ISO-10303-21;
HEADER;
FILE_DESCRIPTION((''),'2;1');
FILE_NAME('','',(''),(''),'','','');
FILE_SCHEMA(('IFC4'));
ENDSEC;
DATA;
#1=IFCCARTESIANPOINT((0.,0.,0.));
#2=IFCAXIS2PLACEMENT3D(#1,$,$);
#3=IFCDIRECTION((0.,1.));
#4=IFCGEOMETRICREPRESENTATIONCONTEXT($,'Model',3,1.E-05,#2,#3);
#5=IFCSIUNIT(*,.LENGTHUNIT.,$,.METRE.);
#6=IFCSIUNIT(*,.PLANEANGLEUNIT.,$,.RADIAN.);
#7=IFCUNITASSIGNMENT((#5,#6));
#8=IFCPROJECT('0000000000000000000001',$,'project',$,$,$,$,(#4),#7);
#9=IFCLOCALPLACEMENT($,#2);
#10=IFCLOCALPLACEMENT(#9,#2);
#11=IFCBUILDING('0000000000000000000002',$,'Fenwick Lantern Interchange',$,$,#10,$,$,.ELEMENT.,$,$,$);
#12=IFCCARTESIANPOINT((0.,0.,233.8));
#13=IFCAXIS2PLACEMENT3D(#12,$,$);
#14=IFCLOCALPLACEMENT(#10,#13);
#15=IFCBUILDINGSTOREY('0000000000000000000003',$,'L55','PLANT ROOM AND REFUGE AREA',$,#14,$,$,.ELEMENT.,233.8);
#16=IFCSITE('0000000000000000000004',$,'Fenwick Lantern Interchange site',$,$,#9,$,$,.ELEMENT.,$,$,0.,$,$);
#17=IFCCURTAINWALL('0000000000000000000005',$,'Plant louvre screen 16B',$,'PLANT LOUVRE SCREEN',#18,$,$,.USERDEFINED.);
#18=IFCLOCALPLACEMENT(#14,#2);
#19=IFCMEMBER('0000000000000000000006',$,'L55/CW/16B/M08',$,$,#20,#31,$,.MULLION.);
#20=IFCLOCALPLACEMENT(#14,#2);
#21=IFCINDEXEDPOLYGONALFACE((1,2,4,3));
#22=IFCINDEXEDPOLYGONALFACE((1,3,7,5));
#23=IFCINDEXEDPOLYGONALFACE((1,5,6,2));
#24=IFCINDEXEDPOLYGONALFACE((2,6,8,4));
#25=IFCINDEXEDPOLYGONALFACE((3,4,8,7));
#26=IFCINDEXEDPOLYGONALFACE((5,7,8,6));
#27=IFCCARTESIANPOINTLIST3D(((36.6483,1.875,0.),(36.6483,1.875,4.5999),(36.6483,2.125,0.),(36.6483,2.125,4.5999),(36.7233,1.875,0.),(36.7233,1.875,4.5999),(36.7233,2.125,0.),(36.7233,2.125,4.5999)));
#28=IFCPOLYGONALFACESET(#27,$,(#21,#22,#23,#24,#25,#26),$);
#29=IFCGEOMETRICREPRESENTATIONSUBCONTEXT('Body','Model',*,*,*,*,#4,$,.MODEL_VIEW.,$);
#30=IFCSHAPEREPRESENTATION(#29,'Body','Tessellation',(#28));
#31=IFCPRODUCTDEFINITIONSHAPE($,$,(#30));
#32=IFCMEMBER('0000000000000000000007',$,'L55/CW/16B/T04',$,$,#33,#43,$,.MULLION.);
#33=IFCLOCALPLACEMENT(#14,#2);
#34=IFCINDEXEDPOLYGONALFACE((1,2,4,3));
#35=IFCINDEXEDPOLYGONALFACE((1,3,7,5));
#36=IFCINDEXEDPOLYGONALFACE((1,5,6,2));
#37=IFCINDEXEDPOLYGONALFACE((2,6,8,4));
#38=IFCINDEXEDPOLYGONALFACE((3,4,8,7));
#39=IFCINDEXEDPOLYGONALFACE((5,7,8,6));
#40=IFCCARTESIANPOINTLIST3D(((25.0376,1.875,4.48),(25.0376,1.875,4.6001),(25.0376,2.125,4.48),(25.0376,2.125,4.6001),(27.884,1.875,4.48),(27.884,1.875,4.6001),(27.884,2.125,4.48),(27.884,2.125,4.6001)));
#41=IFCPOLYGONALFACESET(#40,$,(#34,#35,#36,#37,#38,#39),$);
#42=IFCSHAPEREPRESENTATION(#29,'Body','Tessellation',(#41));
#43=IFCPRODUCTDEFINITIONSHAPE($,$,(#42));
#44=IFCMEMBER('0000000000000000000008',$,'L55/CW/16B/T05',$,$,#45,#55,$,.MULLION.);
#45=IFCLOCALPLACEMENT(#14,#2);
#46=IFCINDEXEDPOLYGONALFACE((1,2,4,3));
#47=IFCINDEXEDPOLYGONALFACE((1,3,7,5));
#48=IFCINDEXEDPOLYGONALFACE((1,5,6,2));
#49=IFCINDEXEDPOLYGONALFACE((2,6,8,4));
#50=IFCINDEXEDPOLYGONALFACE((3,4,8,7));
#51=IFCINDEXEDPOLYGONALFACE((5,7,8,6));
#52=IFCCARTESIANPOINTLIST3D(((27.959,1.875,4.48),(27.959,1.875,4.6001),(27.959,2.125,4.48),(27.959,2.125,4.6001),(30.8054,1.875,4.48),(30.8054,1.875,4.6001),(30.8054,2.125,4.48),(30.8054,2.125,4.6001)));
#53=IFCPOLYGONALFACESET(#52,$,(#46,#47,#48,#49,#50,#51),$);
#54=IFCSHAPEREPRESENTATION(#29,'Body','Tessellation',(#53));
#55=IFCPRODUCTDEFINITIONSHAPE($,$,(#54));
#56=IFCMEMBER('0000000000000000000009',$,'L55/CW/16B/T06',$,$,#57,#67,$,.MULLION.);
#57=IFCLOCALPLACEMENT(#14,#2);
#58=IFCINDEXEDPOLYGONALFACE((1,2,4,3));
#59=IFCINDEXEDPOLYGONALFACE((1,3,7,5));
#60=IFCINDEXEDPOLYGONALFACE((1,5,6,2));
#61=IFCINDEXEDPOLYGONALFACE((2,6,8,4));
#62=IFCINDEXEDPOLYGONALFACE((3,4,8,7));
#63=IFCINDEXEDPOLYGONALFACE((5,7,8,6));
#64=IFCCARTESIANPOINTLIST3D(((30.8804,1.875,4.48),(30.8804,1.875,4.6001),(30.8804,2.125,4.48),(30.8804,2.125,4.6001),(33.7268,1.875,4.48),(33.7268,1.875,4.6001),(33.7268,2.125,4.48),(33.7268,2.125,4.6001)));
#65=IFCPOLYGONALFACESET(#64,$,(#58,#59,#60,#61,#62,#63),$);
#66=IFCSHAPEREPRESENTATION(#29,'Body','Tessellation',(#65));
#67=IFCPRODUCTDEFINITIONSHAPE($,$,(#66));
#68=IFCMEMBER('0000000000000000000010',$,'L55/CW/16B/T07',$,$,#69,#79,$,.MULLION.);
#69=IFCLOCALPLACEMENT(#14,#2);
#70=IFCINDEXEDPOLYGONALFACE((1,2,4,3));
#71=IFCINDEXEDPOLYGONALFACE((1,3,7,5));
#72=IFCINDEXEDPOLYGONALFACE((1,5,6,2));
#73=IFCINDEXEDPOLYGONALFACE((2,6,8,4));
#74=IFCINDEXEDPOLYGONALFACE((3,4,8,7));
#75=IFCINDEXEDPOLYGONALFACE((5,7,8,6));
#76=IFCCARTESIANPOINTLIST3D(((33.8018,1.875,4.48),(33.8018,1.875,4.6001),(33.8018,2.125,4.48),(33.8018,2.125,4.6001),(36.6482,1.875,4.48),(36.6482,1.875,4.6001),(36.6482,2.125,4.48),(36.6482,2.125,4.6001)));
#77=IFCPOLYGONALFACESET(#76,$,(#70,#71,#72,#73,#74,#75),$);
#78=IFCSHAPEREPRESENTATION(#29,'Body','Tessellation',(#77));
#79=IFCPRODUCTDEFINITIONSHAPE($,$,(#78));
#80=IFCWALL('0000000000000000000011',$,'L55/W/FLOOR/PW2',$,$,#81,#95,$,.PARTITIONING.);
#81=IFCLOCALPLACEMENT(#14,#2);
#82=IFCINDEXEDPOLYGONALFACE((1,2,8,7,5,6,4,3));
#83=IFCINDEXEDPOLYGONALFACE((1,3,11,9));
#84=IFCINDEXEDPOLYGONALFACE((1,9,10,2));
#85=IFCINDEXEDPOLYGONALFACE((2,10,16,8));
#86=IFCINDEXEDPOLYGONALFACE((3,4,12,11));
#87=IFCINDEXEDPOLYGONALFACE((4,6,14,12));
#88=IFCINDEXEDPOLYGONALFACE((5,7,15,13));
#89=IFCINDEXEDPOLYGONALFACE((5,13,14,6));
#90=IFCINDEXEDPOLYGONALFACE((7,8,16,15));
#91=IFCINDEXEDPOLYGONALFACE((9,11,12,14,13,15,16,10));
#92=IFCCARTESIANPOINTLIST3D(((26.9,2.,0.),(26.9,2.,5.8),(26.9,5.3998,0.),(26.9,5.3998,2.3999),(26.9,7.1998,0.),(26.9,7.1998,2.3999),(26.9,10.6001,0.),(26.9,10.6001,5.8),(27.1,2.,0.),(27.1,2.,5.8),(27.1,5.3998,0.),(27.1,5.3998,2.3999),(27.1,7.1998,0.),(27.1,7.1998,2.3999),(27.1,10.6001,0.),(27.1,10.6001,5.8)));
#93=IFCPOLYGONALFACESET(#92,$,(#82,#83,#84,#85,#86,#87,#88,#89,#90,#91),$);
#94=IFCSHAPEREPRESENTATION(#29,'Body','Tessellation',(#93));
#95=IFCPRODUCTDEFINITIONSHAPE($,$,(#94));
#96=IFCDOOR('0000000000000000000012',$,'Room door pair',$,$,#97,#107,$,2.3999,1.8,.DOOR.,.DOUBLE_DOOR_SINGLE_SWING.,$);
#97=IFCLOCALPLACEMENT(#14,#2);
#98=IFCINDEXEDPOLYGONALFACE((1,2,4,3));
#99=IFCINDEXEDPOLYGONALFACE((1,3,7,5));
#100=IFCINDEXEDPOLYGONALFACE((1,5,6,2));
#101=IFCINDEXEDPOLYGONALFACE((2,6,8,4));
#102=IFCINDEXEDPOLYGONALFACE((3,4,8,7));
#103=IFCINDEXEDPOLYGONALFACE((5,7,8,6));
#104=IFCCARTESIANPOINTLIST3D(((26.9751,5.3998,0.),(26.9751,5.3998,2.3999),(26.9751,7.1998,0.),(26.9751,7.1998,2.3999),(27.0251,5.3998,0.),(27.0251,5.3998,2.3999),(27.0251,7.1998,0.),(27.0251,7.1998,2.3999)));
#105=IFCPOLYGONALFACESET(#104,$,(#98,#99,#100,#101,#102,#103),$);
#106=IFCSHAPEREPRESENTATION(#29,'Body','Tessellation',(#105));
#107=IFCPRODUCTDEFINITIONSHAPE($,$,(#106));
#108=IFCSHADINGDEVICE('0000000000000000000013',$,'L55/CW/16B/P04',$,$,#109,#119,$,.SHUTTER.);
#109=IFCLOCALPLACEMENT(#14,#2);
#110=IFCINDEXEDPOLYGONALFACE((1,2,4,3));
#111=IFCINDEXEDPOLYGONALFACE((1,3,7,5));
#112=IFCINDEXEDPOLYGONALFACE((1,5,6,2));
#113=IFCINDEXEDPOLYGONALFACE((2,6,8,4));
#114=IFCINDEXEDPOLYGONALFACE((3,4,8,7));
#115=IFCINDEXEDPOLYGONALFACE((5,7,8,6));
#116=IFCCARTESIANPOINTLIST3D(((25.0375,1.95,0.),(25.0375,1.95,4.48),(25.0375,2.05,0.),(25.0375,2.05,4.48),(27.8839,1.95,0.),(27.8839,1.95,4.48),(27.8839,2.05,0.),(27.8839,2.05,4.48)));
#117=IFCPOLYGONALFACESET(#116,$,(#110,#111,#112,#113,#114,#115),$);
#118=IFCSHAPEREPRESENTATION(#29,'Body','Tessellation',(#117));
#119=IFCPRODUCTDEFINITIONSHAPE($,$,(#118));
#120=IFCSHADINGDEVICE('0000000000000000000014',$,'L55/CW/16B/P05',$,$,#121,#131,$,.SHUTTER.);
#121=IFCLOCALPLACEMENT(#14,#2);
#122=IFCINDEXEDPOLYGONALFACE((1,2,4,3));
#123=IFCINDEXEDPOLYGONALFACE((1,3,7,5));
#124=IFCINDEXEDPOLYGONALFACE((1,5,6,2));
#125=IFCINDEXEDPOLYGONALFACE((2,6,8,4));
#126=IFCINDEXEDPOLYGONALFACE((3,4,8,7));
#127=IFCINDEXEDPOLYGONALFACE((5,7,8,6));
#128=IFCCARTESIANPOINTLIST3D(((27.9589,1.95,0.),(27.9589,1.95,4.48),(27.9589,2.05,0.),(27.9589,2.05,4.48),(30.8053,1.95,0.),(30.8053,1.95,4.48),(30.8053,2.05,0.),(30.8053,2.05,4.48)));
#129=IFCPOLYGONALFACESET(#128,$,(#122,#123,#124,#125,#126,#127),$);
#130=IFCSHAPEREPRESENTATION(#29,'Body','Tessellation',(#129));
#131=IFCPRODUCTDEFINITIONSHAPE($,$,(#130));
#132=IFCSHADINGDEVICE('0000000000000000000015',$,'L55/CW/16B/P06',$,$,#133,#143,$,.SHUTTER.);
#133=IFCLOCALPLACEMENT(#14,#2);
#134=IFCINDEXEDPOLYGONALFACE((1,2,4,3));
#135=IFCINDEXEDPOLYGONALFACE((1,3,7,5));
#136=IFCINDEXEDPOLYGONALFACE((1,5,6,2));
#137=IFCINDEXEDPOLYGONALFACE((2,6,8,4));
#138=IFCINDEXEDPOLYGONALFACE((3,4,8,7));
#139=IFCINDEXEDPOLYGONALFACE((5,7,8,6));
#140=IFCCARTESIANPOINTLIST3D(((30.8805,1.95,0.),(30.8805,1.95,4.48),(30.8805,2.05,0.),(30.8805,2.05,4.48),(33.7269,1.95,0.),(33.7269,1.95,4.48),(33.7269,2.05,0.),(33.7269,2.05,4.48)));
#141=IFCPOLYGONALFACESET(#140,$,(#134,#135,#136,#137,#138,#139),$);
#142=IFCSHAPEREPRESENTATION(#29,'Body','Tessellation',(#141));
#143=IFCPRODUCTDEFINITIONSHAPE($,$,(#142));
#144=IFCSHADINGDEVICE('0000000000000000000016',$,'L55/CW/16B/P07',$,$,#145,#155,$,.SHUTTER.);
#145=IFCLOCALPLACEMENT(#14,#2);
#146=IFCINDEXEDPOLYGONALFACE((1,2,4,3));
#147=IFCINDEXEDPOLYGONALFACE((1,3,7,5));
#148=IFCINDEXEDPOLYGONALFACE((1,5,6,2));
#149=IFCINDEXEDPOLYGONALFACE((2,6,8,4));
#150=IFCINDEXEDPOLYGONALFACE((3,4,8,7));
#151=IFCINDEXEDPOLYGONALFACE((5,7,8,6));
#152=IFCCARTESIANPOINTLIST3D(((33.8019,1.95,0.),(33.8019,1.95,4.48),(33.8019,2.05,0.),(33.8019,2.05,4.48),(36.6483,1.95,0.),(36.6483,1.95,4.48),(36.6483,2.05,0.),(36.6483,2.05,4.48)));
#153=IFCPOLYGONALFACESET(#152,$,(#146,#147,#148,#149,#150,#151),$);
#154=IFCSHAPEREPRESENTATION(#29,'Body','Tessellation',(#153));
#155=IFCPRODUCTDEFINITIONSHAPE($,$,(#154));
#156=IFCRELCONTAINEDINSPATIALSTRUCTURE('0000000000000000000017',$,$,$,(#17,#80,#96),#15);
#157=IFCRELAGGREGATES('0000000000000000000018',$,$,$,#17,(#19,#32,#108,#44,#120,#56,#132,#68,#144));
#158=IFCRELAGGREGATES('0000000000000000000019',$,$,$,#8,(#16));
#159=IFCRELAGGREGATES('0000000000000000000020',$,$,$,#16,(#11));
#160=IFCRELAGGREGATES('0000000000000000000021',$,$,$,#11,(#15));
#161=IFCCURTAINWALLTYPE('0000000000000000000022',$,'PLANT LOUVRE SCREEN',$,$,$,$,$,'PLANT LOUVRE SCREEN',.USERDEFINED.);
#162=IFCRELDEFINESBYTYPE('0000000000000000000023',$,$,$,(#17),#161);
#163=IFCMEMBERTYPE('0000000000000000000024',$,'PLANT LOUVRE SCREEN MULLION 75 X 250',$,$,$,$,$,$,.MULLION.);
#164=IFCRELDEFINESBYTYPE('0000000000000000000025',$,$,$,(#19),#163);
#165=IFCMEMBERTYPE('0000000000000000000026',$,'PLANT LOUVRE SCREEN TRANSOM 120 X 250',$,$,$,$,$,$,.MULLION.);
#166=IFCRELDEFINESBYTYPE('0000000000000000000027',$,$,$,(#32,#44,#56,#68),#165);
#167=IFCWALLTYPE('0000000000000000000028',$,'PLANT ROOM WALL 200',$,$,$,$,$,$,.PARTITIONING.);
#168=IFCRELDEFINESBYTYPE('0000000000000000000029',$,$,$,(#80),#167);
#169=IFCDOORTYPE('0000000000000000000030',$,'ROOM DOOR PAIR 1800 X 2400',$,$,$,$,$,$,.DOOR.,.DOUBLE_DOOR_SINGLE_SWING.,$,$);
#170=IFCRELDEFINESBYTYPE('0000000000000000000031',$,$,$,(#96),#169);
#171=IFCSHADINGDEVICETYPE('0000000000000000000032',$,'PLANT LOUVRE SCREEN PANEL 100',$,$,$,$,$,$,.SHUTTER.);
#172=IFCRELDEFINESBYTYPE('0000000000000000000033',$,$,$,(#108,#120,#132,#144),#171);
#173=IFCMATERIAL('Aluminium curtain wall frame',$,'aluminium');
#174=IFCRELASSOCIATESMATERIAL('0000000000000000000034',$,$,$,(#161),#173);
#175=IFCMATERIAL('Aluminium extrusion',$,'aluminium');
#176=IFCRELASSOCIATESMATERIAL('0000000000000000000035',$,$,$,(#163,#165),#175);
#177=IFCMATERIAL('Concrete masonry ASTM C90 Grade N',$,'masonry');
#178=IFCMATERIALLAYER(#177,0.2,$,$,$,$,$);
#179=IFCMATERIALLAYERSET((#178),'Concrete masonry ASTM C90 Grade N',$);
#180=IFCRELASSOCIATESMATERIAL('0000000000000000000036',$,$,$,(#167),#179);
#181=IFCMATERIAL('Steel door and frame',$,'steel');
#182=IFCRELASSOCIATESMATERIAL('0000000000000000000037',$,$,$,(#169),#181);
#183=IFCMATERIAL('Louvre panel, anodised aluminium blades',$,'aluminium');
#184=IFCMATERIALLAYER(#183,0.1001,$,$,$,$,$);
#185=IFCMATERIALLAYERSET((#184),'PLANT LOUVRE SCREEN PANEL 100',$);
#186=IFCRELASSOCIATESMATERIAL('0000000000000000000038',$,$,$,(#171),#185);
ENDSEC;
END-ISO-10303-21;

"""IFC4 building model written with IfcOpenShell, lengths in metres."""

from ifc_helpers import new_model, si_unit, direction, frame, frame_2d, origin, origin_2d, place, context, subcontext, project, spatial, rectangle, extrude, material, layer, layer_set, material_profile, profile_set, type_object, element, fill, aggregate, save


model = new_model("IFC4")

# Units and contexts
model_context = context("Model", 3, precision=1e-05, world=origin(), true_north=direction((0.0, 1.0)))
body_context = subcontext(model_context, "Body", "Model", "MODEL_VIEW")
ifc_project = project(units=[si_unit("LENGTHUNIT", "METRE"), si_unit("PLANEANGLEUNIT", "RADIAN")], contexts=[model_context])

# Site, building, storey
site_placement = place(None, origin())
site = spatial("IfcSite", under=ifc_project, at=site_placement, Name="Fenwick Lantern Interchange site", CompositionType="ELEMENT", RefElevation=0.0)
building_placement = place(site_placement, origin())
building = spatial("IfcBuilding", under=site, at=building_placement, Name="Fenwick Lantern Interchange", CompositionType="ELEMENT")
storey_placement = place(building_placement, frame((0.0, 0.0, 233.8)))
storey = spatial("IfcBuildingStorey", under=building, at=storey_placement, Name="L55", Description="PLANT ROOM AND REFUGE AREA", CompositionType="ELEMENT", Elevation=233.8)

# Curtain wall, members
ifc_material_1 = material(Name="Aluminium curtain wall frame", Category="aluminium")
curtain_wall_type = type_object("IfcCurtainWallType", Name="PLANT LOUVRE SCREEN", ElementType="PLANT LOUVRE SCREEN", PredefinedType="USERDEFINED", material=ifc_material_1)
curtain_wall_placement = place(storey_placement, origin())
curtain_wall = element("IfcCurtainWall", 1, at=curtain_wall_placement, inside=storey, type_object=curtain_wall_type, Name="Plant louvre screen 16B", ObjectType="PLANT LOUVRE SCREEN", PredefinedType="USERDEFINED")
ifc_material_2 = material(Name="Aluminium extrusion", Category="aluminium")
ifc_material_profile_1 = material_profile(ifc_material_2, rectangle(XDim=0.25, YDim=0.075, at=origin_2d()), Name="PLANT LOUVRE SCREEN MULLION 75 X 250")
ifc_profile_set_1 = profile_set([ifc_material_profile_1], Name="Aluminium extrusion")
member_type_1 = type_object("IfcMemberType", Name="PLANT LOUVRE SCREEN MULLION 75 X 250", PredefinedType="MULLION", material=ifc_profile_set_1)
member_1_placement = place(storey_placement, frame((36.6858, 2.0, 0.0), z_axis=(0.0, 0.0, 1.0), x_axis=(0.0, 1.0, 0.0)))
member_1 = element("IfcMember", 2, at=member_1_placement, type_object=member_type_1, Name="L55/CW/16B/M08", PredefinedType="MULLION", context=body_context, shape_type="SweptSolid", body=[
    extrude(rectangle(XDim=0.25, YDim=0.075, at=origin_2d()), origin(), (0.0, 0.0, 1.0), 4.5999),
])
ifc_material_profile_2 = material_profile(ifc_material_2, rectangle(XDim=0.25, YDim=0.1201, at=origin_2d()), Name="PLANT LOUVRE SCREEN TRANSOM 120 X 250")
ifc_profile_set_2 = profile_set([ifc_material_profile_2], Name="Aluminium extrusion")
member_type_2 = type_object("IfcMemberType", Name="PLANT LOUVRE SCREEN TRANSOM 120 X 250", PredefinedType="MULLION", material=ifc_profile_set_2)
member_2_placement = place(storey_placement, frame((25.0376, 2.0, 4.54), z_axis=(1.0, 0.0, 0.0), x_axis=(0.0, 1.0, 0.0)))
member_2 = element("IfcMember", 3, at=member_2_placement, type_object=member_type_2, Name="L55/CW/16B/T04", PredefinedType="MULLION", context=body_context, shape_type="SweptSolid", body=[
    extrude(rectangle(XDim=0.25, YDim=0.1201, at=origin_2d()), origin(), (0.0, 0.0, 1.0), 2.8464),
])
member_3_placement = place(storey_placement, frame((27.959, 2.0, 4.54), z_axis=(1.0, 0.0, 0.0), x_axis=(0.0, 1.0, 0.0)))
member_3 = element("IfcMember", 4, at=member_3_placement, type_object=member_type_2, Name="L55/CW/16B/T05", PredefinedType="MULLION", context=body_context, shape_type="SweptSolid", body=[
    extrude(rectangle(XDim=0.25, YDim=0.1201, at=origin_2d()), origin(), (0.0, 0.0, 1.0), 2.8464),
])
member_4_placement = place(storey_placement, frame((30.8804, 2.0, 4.54), z_axis=(1.0, 0.0, 0.0), x_axis=(0.0, 1.0, 0.0)))
member_4 = element("IfcMember", 5, at=member_4_placement, type_object=member_type_2, Name="L55/CW/16B/T06", PredefinedType="MULLION", context=body_context, shape_type="SweptSolid", body=[
    extrude(rectangle(XDim=0.25, YDim=0.1201, at=origin_2d()), origin(), (0.0, 0.0, 1.0), 2.8464),
])
member_5_placement = place(storey_placement, frame((33.8018, 2.0, 4.54), z_axis=(1.0, 0.0, 0.0), x_axis=(0.0, 1.0, 0.0)))
member_5 = element("IfcMember", 6, at=member_5_placement, type_object=member_type_2, Name="L55/CW/16B/T07", PredefinedType="MULLION", context=body_context, shape_type="SweptSolid", body=[
    extrude(rectangle(XDim=0.25, YDim=0.1201, at=origin_2d()), origin(), (0.0, 0.0, 1.0), 2.8464),
])

# Wall, opening, door
ifc_material_3 = material(Name="Concrete masonry ASTM C90 Grade N", Category="masonry")
ifc_layer_1 = layer(ifc_material_3, 0.2)
ifc_layer_set_1 = layer_set([ifc_layer_1], Name="Concrete masonry ASTM C90 Grade N")
wall_type = type_object("IfcWallType", Name="PLANT ROOM WALL 200", PredefinedType="PARTITIONING", material=ifc_layer_set_1)
wall_placement = place(storey_placement, frame((27.0, 2.0, 0.0), z_axis=(0.0, 0.0, 1.0), x_axis=(0.0, 1.0, 0.0)))
wall = element("IfcWall", 7, at=wall_placement, inside=storey, type_object=wall_type, Name="L55/W/FLOOR/PW2", PredefinedType="PARTITIONING", context=body_context, shape_type="SweptSolid", body=[
    extrude(rectangle(XDim=8.6001, YDim=0.2, at=frame_2d((4.3, 0.0))), origin(), (0.0, 0.0, 1.0), 5.8),
])
opening_placement = place(wall_placement, frame((3.3999, 0.0, 0.0)))
opening = element("IfcOpeningElement", 8, at=opening_placement, cuts=wall, PredefinedType="OPENING", context=body_context, shape_type="SweptSolid", body=[
    extrude(rectangle(XDim=1.8, YDim=2.3999, at=frame_2d((0.8999, 1.2))), frame((0.0, 0.1099, 0.0), z_axis=(0.0, -1.0, 0.0), x_axis=(1.0, 0.0, 0.0)), (0.0, 0.0, 1.0), 0.22),
])
ifc_material_4 = material(Name="Steel door and frame", Category="steel")
door_type = type_object("IfcDoorType", Name="ROOM DOOR PAIR 1800 X 2400", OperationType="DOUBLE_DOOR_SINGLE_SWING", PredefinedType="DOOR", material=ifc_material_4)
door_placement = place(opening_placement, origin())
door = element("IfcDoor", 9, at=door_placement, inside=storey, type_object=door_type, Name="Room door pair", OperationType="DOUBLE_DOOR_SINGLE_SWING", OverallHeight=2.3999, OverallWidth=1.8, PredefinedType="DOOR", context=body_context, shape_type="SweptSolid", body=[
    extrude(rectangle(XDim=1.8, YDim=2.3999, at=frame_2d((0.8999, 1.2))), frame((0.0, 0.0249, 0.0), z_axis=(0.0, -1.0, 0.0), x_axis=(1.0, 0.0, 0.0)), (0.0, 0.0, 1.0), 0.05),
])
fill(opening, door)

# Shading devices
ifc_material_5 = material(Name="Louvre panel, anodised aluminium blades", Category="aluminium")
ifc_layer_2 = layer(ifc_material_5, 0.1001)
ifc_layer_set_2 = layer_set([ifc_layer_2], Name="PLANT LOUVRE SCREEN PANEL 100")
shading_device_type = type_object("IfcShadingDeviceType", Name="PLANT LOUVRE SCREEN PANEL 100", PredefinedType="SHUTTER", material=ifc_layer_set_2)
shading_device_1_placement = place(storey_placement, frame((26.4607, 2.0, 0.0), z_axis=(0.0, 0.0, 1.0), x_axis=(1.0, 0.0, 0.0)))
shading_device_1 = element("IfcShadingDevice", 10, at=shading_device_1_placement, type_object=shading_device_type, Name="L55/CW/16B/P04", PredefinedType="SHUTTER", context=body_context, shape_type="SweptSolid", body=[
    extrude(rectangle(XDim=2.8464, YDim=0.1001, at=origin_2d()), origin(), (0.0, 0.0, 1.0), 4.48),
])
shading_device_2_placement = place(storey_placement, frame((29.3821, 2.0, 0.0), z_axis=(0.0, 0.0, 1.0), x_axis=(1.0, 0.0, 0.0)))
shading_device_2 = element("IfcShadingDevice", 11, at=shading_device_2_placement, type_object=shading_device_type, Name="L55/CW/16B/P05", PredefinedType="SHUTTER", context=body_context, shape_type="SweptSolid", body=[
    extrude(rectangle(XDim=2.8464, YDim=0.1001, at=origin_2d()), origin(), (0.0, 0.0, 1.0), 4.48),
])
shading_device_3_placement = place(storey_placement, frame((32.3037, 2.0, 0.0), z_axis=(0.0, 0.0, 1.0), x_axis=(1.0, 0.0, 0.0)))
shading_device_3 = element("IfcShadingDevice", 12, at=shading_device_3_placement, type_object=shading_device_type, Name="L55/CW/16B/P06", PredefinedType="SHUTTER", context=body_context, shape_type="SweptSolid", body=[
    extrude(rectangle(XDim=2.8464, YDim=0.1001, at=origin_2d()), origin(), (0.0, 0.0, 1.0), 4.48),
])
shading_device_4_placement = place(storey_placement, frame((35.2251, 2.0, 0.0), z_axis=(0.0, 0.0, 1.0), x_axis=(1.0, 0.0, 0.0)))
shading_device_4 = element("IfcShadingDevice", 13, at=shading_device_4_placement, type_object=shading_device_type, Name="L55/CW/16B/P07", PredefinedType="SHUTTER", context=body_context, shape_type="SweptSolid", body=[
    extrude(rectangle(XDim=2.8464, YDim=0.1001, at=origin_2d()), origin(), (0.0, 0.0, 1.0), 4.48),
])
aggregate(curtain_wall, [member_1, member_2, shading_device_1, member_3, shading_device_2, member_4, shading_device_3, member_5, shading_device_4])

save(model, "model.ifc")
